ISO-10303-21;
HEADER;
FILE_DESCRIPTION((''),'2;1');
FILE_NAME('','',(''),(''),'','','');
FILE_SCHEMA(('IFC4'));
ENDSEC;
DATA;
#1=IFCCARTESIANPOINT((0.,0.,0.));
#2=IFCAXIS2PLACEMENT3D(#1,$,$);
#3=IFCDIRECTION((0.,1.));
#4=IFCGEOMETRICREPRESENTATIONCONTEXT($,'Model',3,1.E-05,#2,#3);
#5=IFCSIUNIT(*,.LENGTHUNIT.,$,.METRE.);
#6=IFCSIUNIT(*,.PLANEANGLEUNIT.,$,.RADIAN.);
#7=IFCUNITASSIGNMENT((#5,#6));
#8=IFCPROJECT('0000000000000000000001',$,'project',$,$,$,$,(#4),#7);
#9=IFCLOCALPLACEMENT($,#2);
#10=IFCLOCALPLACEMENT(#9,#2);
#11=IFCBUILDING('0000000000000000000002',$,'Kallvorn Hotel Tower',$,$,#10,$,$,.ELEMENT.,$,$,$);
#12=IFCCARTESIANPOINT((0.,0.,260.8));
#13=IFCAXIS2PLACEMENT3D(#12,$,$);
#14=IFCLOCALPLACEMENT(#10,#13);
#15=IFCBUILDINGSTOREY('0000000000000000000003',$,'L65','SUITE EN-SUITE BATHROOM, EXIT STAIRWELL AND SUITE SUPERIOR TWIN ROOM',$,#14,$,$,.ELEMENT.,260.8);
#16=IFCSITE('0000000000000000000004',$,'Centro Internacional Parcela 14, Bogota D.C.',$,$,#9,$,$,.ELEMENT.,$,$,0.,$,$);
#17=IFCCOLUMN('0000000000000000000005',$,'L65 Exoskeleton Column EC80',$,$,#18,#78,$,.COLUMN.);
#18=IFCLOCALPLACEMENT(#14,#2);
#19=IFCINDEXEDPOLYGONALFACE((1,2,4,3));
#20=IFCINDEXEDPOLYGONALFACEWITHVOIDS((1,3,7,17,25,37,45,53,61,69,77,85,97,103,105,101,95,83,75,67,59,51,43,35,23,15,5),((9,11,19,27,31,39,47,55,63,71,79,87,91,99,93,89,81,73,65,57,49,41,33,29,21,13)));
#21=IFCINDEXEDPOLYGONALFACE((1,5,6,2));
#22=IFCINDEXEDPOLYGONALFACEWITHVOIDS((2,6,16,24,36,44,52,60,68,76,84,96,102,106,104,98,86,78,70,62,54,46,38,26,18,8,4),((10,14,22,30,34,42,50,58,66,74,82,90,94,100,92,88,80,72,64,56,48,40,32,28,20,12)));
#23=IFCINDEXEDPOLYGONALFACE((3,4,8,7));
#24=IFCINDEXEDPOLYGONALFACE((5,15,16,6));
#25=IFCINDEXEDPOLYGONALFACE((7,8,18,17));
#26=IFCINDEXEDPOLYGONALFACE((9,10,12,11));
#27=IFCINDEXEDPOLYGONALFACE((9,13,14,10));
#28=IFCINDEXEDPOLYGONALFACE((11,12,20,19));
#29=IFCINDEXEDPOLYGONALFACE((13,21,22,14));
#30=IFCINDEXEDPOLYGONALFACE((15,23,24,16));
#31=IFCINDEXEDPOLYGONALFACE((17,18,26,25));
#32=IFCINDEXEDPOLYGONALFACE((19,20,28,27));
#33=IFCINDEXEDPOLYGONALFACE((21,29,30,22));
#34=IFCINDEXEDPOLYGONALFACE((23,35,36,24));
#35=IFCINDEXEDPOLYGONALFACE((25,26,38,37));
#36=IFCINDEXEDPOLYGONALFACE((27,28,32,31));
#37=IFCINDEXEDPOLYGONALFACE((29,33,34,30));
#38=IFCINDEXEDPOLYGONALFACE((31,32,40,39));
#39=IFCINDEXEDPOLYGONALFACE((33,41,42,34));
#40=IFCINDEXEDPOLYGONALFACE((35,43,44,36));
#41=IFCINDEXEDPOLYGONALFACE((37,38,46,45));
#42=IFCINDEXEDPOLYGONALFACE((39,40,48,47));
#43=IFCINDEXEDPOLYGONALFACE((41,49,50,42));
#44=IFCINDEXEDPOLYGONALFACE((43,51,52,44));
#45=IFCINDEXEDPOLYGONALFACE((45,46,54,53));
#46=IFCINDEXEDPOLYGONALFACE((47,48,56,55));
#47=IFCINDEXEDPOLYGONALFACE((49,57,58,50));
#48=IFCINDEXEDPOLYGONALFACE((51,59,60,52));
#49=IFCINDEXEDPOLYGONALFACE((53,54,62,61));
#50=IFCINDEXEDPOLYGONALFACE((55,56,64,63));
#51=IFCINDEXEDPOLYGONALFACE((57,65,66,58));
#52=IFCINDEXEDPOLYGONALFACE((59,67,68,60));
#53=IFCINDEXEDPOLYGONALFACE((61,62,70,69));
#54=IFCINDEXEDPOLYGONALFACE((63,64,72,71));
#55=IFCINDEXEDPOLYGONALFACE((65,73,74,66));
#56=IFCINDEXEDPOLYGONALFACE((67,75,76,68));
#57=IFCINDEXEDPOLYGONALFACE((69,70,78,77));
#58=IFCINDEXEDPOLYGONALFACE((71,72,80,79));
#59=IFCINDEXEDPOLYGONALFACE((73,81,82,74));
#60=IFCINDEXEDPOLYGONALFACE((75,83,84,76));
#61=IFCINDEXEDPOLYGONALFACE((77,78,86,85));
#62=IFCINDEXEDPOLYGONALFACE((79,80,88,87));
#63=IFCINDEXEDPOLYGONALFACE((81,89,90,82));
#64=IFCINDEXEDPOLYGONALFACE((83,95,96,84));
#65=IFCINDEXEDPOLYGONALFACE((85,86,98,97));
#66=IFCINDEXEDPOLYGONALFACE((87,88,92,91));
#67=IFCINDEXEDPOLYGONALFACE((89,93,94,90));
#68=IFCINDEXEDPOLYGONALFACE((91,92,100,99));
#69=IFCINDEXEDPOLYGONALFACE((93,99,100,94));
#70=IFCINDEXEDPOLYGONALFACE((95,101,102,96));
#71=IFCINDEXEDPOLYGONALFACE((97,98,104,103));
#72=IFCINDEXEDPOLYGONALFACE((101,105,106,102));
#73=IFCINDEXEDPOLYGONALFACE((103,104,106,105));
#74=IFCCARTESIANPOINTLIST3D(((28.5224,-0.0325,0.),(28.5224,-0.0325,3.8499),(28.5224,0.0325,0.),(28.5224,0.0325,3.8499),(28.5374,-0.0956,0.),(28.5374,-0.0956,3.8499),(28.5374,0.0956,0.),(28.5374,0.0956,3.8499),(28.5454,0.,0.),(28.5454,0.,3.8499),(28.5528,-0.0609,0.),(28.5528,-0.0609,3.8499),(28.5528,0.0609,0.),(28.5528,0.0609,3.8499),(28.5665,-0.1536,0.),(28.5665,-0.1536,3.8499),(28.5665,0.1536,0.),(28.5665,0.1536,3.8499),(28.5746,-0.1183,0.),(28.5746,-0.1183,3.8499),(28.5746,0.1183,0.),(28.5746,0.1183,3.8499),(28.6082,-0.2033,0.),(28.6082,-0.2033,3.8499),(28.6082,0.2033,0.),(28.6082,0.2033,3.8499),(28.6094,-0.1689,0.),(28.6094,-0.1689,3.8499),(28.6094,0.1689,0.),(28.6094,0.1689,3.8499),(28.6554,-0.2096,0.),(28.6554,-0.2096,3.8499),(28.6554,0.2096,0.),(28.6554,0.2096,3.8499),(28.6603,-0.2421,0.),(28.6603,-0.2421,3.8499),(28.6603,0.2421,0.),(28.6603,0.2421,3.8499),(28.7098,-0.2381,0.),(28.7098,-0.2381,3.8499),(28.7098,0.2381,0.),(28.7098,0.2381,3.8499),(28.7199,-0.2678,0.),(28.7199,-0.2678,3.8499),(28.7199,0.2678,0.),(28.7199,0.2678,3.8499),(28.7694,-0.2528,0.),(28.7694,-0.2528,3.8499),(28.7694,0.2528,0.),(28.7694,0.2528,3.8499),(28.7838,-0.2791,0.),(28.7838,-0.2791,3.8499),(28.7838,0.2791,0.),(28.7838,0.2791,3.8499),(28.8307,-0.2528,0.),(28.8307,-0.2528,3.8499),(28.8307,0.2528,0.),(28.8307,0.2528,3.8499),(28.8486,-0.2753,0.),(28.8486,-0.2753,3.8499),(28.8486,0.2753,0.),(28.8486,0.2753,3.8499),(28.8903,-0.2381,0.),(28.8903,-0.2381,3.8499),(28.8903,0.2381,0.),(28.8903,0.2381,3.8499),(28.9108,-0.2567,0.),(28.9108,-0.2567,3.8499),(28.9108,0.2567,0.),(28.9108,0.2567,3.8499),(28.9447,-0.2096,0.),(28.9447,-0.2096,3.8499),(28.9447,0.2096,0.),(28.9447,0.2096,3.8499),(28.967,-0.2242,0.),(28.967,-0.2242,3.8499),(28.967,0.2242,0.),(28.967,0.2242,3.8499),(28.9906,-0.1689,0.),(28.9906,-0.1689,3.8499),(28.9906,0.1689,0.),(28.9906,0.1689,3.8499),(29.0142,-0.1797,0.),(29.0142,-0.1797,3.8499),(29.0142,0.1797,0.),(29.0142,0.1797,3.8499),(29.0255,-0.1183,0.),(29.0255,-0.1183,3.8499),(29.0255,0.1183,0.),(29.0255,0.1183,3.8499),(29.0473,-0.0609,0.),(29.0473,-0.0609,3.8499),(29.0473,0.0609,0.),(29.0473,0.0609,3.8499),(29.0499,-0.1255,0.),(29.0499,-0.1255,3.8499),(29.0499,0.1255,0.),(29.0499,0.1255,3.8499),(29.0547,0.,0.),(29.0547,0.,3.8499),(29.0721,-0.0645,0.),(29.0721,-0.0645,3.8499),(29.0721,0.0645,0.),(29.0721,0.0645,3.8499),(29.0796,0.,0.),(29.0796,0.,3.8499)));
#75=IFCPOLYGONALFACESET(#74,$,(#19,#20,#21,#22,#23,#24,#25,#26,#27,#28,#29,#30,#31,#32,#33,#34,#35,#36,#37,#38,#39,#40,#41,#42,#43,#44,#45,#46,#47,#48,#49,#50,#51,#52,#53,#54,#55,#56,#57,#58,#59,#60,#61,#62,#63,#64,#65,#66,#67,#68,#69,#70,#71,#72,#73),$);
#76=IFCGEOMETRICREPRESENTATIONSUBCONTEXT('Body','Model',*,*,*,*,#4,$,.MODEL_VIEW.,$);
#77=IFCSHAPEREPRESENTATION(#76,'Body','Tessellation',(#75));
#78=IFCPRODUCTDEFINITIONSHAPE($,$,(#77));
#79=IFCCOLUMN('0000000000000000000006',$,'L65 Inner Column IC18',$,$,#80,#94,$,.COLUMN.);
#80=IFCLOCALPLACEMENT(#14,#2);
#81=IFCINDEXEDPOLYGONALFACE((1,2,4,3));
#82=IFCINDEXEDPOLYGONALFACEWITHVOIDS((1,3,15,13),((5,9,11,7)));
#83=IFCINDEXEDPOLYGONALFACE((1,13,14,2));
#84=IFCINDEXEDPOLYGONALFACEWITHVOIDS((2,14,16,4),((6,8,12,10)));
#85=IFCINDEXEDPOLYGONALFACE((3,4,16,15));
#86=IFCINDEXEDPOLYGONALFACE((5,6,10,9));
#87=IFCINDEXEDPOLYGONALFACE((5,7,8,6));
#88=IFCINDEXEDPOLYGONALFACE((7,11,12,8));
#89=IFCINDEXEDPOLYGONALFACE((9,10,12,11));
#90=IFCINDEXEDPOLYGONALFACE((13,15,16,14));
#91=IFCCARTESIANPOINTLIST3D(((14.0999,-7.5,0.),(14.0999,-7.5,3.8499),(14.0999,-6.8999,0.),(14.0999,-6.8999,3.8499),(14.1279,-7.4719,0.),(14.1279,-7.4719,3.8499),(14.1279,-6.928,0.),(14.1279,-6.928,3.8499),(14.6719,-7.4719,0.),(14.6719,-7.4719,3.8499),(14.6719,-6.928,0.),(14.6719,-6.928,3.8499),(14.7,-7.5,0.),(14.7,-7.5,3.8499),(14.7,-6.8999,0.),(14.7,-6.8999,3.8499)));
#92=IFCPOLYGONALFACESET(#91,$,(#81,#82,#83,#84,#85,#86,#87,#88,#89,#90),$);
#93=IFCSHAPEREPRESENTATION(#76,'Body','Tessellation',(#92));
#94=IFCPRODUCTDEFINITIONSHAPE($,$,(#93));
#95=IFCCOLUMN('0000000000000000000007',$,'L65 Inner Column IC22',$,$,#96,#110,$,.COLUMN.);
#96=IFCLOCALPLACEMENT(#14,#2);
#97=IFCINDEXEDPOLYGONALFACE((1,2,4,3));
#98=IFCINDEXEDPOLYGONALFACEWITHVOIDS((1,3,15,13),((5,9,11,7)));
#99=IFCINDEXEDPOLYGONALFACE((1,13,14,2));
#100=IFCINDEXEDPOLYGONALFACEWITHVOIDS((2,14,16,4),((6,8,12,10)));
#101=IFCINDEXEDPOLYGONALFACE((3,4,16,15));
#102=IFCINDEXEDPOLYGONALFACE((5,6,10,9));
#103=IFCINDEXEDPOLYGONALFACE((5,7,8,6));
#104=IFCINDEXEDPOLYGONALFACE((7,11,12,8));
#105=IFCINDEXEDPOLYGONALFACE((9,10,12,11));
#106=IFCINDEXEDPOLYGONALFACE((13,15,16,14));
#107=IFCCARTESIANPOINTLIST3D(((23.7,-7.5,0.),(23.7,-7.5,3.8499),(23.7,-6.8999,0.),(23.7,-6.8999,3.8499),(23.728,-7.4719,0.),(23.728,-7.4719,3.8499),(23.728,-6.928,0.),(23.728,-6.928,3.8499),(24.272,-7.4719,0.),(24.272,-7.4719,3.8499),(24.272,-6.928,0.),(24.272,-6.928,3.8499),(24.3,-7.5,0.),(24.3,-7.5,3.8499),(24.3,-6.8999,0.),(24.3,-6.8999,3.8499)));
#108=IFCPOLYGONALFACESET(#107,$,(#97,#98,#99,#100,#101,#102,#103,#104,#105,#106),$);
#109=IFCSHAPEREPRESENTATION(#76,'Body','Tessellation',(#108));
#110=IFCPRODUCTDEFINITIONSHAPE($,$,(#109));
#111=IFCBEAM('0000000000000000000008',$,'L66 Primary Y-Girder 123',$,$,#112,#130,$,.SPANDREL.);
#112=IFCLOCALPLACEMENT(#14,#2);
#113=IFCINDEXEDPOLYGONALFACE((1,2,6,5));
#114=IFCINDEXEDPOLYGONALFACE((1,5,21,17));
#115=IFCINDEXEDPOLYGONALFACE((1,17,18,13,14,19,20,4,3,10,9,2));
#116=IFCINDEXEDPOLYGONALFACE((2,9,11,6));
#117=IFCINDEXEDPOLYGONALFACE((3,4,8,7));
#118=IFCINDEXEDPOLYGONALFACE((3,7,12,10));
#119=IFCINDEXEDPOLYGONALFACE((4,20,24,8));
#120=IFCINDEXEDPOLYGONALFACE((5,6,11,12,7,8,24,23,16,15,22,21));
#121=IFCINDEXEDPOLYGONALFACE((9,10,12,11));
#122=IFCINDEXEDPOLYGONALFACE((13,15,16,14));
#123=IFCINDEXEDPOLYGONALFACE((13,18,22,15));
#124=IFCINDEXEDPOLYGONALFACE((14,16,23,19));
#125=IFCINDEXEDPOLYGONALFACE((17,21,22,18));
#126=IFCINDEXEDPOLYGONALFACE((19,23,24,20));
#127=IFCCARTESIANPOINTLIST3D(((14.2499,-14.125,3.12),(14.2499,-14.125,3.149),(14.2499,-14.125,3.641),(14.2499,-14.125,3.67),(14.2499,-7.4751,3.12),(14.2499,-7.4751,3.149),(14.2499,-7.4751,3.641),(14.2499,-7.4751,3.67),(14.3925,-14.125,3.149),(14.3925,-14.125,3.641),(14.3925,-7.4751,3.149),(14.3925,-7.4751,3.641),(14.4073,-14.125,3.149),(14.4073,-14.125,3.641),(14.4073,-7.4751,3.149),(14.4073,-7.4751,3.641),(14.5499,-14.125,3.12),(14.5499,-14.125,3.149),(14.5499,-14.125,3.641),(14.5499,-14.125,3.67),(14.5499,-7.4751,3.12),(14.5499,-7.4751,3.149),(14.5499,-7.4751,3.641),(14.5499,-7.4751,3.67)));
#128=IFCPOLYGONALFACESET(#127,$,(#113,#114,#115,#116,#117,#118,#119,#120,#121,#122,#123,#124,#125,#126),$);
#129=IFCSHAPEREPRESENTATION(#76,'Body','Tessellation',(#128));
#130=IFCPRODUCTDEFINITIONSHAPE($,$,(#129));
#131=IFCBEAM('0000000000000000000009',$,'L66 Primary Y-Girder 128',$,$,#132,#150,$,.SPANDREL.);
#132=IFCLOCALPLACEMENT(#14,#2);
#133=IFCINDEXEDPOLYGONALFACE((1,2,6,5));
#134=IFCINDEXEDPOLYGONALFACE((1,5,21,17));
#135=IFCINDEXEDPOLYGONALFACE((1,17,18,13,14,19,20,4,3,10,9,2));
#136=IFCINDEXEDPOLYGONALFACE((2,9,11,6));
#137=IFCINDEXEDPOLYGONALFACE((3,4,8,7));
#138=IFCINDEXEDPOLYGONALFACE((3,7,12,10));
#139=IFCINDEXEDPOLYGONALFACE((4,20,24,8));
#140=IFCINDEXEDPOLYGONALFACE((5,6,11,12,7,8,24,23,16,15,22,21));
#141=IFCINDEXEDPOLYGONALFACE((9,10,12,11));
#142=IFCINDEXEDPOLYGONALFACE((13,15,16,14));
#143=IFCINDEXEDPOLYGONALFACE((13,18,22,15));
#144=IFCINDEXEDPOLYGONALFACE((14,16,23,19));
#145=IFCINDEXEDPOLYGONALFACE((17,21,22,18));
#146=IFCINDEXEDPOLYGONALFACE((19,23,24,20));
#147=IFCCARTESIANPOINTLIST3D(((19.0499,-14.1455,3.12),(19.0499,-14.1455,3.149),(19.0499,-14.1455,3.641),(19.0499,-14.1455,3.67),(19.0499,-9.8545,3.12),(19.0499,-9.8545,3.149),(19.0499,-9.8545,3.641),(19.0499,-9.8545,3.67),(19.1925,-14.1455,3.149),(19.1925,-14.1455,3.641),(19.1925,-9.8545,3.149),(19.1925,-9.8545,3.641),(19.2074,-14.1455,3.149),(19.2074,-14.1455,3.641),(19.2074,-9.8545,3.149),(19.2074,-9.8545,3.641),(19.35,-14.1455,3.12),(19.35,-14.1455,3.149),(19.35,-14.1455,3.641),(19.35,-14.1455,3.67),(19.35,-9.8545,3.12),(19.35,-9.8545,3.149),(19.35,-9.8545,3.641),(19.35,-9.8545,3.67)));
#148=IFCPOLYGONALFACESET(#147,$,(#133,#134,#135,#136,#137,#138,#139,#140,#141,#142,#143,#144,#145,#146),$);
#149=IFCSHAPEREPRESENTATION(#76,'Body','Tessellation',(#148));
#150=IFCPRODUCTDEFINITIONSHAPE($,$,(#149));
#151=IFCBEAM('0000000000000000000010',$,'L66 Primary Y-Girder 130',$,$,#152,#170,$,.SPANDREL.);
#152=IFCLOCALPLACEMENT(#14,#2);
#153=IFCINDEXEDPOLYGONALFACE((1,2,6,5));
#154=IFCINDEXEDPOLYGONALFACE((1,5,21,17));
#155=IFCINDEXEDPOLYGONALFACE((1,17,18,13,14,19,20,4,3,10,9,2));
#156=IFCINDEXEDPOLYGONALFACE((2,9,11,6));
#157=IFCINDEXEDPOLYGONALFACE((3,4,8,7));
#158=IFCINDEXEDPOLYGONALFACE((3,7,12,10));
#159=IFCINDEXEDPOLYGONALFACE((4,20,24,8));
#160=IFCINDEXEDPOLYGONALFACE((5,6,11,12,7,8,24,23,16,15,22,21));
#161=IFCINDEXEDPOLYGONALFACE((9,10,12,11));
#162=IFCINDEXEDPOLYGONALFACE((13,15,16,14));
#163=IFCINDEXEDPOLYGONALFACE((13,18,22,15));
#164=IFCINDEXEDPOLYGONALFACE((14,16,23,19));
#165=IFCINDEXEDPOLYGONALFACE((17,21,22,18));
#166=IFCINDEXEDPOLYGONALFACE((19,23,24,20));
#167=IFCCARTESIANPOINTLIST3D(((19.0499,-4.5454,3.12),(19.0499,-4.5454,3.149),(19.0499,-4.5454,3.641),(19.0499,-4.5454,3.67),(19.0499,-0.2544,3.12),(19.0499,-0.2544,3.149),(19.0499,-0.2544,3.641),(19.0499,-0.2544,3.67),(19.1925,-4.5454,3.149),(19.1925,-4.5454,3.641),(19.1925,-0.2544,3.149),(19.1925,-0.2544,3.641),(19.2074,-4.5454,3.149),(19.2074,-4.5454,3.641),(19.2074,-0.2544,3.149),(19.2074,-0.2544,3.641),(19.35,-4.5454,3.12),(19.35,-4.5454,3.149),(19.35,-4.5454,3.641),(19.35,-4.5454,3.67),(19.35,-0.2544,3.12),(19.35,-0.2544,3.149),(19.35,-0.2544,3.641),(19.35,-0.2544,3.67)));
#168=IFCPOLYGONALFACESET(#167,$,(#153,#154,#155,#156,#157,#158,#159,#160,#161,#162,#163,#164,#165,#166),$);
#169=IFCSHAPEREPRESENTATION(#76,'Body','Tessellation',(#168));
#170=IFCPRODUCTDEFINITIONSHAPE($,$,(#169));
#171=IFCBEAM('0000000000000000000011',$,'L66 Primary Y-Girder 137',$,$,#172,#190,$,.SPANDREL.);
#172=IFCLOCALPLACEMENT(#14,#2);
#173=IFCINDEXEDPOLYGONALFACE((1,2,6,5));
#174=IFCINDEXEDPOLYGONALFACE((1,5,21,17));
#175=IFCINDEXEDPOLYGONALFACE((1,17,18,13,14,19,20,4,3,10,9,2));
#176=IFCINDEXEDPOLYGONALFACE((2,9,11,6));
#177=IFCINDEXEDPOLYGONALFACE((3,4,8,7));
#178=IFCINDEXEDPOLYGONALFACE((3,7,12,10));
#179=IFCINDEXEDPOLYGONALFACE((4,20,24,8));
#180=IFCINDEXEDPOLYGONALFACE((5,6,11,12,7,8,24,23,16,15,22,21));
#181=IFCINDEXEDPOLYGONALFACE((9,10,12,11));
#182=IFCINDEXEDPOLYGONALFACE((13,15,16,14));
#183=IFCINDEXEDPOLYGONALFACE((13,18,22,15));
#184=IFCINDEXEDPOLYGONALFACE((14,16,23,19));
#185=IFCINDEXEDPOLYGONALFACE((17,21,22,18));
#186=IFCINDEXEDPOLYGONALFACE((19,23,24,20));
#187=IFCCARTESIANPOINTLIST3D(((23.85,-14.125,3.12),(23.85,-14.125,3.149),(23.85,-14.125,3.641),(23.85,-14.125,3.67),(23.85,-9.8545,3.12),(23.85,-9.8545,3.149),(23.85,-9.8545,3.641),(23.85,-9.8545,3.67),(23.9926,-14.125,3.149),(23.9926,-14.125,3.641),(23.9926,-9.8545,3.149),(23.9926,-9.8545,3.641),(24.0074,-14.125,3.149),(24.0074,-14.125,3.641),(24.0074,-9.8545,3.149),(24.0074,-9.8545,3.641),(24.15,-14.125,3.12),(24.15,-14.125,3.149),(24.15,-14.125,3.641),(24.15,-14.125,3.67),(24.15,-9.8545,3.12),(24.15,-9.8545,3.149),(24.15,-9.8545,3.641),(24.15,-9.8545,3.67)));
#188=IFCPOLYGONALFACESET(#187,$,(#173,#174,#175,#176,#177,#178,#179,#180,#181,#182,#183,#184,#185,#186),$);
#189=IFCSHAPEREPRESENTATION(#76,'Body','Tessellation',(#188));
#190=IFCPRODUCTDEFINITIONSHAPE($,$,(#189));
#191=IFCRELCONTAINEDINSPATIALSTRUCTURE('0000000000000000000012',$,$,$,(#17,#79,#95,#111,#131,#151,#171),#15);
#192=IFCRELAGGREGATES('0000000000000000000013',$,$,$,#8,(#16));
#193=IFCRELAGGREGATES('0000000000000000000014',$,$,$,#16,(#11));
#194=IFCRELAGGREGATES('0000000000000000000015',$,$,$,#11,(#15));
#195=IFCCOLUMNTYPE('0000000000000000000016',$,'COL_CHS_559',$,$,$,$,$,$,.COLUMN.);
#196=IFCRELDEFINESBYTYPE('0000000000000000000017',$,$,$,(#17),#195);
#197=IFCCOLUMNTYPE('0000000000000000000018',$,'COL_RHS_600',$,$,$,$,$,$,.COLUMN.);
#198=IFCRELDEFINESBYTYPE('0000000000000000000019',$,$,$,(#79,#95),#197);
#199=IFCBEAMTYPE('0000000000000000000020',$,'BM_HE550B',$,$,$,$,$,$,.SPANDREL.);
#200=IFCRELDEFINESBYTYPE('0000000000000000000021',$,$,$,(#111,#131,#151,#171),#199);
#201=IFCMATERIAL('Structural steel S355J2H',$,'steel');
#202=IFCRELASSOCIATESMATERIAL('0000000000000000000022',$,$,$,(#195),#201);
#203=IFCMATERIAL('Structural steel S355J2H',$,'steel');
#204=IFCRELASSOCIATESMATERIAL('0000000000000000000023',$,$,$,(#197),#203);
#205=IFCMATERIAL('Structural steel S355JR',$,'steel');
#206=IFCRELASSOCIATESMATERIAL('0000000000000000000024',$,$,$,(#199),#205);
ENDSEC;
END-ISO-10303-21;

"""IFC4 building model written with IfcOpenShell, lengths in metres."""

from ifc_helpers import new_model, si_unit, direction, frame, origin, origin_2d, place, context, subcontext, project, spatial, hollow_rectangle, hollow_circle, i_section, extrude, material, material_profile, profile_set, type_object, element, save


model = new_model("IFC4")

# Units and contexts
model_context = context("Model", 3, precision=1e-05, world=origin(), true_north=direction((0.0, 1.0)))
body_context = subcontext(model_context, "Body", "Model", "MODEL_VIEW")
ifc_project = project(units=[si_unit("LENGTHUNIT", "METRE"), si_unit("PLANEANGLEUNIT", "RADIAN")], contexts=[model_context])

# Site, building, storey
site_placement = place(None, origin())
site = spatial("IfcSite", under=ifc_project, at=site_placement, Name="Centro Internacional Parcela 14, Bogota D.C.", CompositionType="ELEMENT", RefElevation=0.0)
building_placement = place(site_placement, origin())
building = spatial("IfcBuilding", under=site, at=building_placement, Name="Kallvorn Hotel Tower", CompositionType="ELEMENT")
storey_placement = place(building_placement, frame((0.0, 0.0, 260.8)))
storey = spatial("IfcBuildingStorey", under=building, at=storey_placement, Name="L65", Description="SUITE EN-SUITE BATHROOM, EXIT STAIRWELL AND SUITE SUPERIOR TWIN ROOM", CompositionType="ELEMENT", Elevation=260.8)

# Columns
ifc_material_1 = material(Name="Structural steel S355J2H", Category="steel")
ifc_material_profile_1 = material_profile(ifc_material_1, hollow_circle(Radius=0.2795, WallThickness=0.0249, at=origin_2d()), Name="CHS 559x25")
ifc_profile_set_1 = profile_set([ifc_material_profile_1], Name="Structural steel S355J2H")
column_type_1 = type_object("IfcColumnType", Name="COL_CHS_559", PredefinedType="COLUMN", material=ifc_profile_set_1)
for number, where, z_axis, x_axis, name in (
    (1, (28.8, 0.0, 0.0), (0.0, 0.0, 1.0), (1.0, 0.0, 0.0), "L65 Exoskeleton Column EC80"),
):
    element("IfcColumn", number, at=place(storey_placement, frame(where, z_axis=z_axis, x_axis=x_axis)), inside=storey, type_object=column_type_1, Name=name, PredefinedType="COLUMN", context=body_context, shape_type="SweptSolid", body=[
        extrude(hollow_circle(Radius=0.2795, WallThickness=0.0249, at=origin_2d()), origin(), (0.0, 0.0, 1.0), 3.8499),
    ])
ifc_material_2 = material(Name="Structural steel S355J2H", Category="steel")
ifc_material_profile_2 = material_profile(ifc_material_2, hollow_rectangle(XDim=0.6001, YDim=0.6001, WallThickness=0.0281, at=origin_2d()), Name="RHS 600x600x28")
ifc_profile_set_2 = profile_set([ifc_material_profile_2], Name="Structural steel S355J2H")
column_type_2 = type_object("IfcColumnType", Name="COL_RHS_600", PredefinedType="COLUMN", material=ifc_profile_set_2)
for number, where, z_axis, x_axis, name in (
    (2, (14.3999, -7.2, 0.0), (0.0, 0.0, 1.0), (1.0, 0.0, 0.0), "L65 Inner Column IC18"),
    (3, (24.0, -7.2, 0.0), (0.0, 0.0, 1.0), (1.0, 0.0, 0.0), "L65 Inner Column IC22"),
):
    element("IfcColumn", number, at=place(storey_placement, frame(where, z_axis=z_axis, x_axis=x_axis)), inside=storey, type_object=column_type_2, Name=name, PredefinedType="COLUMN", context=body_context, shape_type="SweptSolid", body=[
        extrude(hollow_rectangle(XDim=0.6001, YDim=0.6001, WallThickness=0.0281, at=origin_2d()), origin(), (0.0, 0.0, 1.0), 3.8499),
    ])

# Beams
ifc_material_3 = material(Name="Structural steel S355JR", Category="steel")
ifc_material_profile_3 = material_profile(ifc_material_3, i_section(OverallWidth=0.3, OverallDepth=0.55, WebThickness=0.0149, FlangeThickness=0.0291, at=origin_2d()), Name="HE 550 B")
ifc_profile_set_3 = profile_set([ifc_material_profile_3], Name="Structural steel S355JR")
beam_type_1 = type_object("IfcBeamType", Name="BM_HE550B", PredefinedType="SPANDREL", material=ifc_profile_set_3)
beam_1_placement = place(storey_placement, frame((14.3999, -14.125, 3.395), z_axis=(0.0, 1.0, 0.0), x_axis=(-1.0, 0.0, 0.0)))
element("IfcBeam", 4, at=beam_1_placement, inside=storey, type_object=beam_type_1, Name="L66 Primary Y-Girder 123", PredefinedType="SPANDREL", context=body_context, shape_type="SweptSolid", body=[
    extrude(i_section(OverallWidth=0.3, OverallDepth=0.55, WebThickness=0.0149, FlangeThickness=0.0291, at=origin_2d()), origin(), (0.0, 0.0, 1.0), 6.6499),
])
for number, where, z_axis, x_axis, name in (
    (5, (19.2, -14.1455, 3.395), (0.0, 1.0, 0.0), (-1.0, 0.0, 0.0), "L66 Primary Y-Girder 128"),
    (6, (19.2, -4.5454, 3.395), (0.0, 1.0, 0.0), (-1.0, 0.0, 0.0), "L66 Primary Y-Girder 130"),
):
    element("IfcBeam", number, at=place(storey_placement, frame(where, z_axis=z_axis, x_axis=x_axis)), inside=storey, type_object=beam_type_1, Name=name, PredefinedType="SPANDREL", context=body_context, shape_type="SweptSolid", body=[
        extrude(i_section(OverallWidth=0.3, OverallDepth=0.55, WebThickness=0.0149, FlangeThickness=0.0291, at=origin_2d()), origin(), (0.0, 0.0, 1.0), 4.291),
    ])
beam_2_placement = place(storey_placement, frame((24.0, -14.125, 3.395), z_axis=(0.0, 1.0, 0.0), x_axis=(-1.0, 0.0, 0.0)))
element("IfcBeam", 7, at=beam_2_placement, inside=storey, type_object=beam_type_1, Name="L66 Primary Y-Girder 137", PredefinedType="SPANDREL", context=body_context, shape_type="SweptSolid", body=[
    extrude(i_section(OverallWidth=0.3, OverallDepth=0.55, WebThickness=0.0149, FlangeThickness=0.0291, at=origin_2d()), origin(), (0.0, 0.0, 1.0), 4.2705),
])

save(model, "model.ifc")
